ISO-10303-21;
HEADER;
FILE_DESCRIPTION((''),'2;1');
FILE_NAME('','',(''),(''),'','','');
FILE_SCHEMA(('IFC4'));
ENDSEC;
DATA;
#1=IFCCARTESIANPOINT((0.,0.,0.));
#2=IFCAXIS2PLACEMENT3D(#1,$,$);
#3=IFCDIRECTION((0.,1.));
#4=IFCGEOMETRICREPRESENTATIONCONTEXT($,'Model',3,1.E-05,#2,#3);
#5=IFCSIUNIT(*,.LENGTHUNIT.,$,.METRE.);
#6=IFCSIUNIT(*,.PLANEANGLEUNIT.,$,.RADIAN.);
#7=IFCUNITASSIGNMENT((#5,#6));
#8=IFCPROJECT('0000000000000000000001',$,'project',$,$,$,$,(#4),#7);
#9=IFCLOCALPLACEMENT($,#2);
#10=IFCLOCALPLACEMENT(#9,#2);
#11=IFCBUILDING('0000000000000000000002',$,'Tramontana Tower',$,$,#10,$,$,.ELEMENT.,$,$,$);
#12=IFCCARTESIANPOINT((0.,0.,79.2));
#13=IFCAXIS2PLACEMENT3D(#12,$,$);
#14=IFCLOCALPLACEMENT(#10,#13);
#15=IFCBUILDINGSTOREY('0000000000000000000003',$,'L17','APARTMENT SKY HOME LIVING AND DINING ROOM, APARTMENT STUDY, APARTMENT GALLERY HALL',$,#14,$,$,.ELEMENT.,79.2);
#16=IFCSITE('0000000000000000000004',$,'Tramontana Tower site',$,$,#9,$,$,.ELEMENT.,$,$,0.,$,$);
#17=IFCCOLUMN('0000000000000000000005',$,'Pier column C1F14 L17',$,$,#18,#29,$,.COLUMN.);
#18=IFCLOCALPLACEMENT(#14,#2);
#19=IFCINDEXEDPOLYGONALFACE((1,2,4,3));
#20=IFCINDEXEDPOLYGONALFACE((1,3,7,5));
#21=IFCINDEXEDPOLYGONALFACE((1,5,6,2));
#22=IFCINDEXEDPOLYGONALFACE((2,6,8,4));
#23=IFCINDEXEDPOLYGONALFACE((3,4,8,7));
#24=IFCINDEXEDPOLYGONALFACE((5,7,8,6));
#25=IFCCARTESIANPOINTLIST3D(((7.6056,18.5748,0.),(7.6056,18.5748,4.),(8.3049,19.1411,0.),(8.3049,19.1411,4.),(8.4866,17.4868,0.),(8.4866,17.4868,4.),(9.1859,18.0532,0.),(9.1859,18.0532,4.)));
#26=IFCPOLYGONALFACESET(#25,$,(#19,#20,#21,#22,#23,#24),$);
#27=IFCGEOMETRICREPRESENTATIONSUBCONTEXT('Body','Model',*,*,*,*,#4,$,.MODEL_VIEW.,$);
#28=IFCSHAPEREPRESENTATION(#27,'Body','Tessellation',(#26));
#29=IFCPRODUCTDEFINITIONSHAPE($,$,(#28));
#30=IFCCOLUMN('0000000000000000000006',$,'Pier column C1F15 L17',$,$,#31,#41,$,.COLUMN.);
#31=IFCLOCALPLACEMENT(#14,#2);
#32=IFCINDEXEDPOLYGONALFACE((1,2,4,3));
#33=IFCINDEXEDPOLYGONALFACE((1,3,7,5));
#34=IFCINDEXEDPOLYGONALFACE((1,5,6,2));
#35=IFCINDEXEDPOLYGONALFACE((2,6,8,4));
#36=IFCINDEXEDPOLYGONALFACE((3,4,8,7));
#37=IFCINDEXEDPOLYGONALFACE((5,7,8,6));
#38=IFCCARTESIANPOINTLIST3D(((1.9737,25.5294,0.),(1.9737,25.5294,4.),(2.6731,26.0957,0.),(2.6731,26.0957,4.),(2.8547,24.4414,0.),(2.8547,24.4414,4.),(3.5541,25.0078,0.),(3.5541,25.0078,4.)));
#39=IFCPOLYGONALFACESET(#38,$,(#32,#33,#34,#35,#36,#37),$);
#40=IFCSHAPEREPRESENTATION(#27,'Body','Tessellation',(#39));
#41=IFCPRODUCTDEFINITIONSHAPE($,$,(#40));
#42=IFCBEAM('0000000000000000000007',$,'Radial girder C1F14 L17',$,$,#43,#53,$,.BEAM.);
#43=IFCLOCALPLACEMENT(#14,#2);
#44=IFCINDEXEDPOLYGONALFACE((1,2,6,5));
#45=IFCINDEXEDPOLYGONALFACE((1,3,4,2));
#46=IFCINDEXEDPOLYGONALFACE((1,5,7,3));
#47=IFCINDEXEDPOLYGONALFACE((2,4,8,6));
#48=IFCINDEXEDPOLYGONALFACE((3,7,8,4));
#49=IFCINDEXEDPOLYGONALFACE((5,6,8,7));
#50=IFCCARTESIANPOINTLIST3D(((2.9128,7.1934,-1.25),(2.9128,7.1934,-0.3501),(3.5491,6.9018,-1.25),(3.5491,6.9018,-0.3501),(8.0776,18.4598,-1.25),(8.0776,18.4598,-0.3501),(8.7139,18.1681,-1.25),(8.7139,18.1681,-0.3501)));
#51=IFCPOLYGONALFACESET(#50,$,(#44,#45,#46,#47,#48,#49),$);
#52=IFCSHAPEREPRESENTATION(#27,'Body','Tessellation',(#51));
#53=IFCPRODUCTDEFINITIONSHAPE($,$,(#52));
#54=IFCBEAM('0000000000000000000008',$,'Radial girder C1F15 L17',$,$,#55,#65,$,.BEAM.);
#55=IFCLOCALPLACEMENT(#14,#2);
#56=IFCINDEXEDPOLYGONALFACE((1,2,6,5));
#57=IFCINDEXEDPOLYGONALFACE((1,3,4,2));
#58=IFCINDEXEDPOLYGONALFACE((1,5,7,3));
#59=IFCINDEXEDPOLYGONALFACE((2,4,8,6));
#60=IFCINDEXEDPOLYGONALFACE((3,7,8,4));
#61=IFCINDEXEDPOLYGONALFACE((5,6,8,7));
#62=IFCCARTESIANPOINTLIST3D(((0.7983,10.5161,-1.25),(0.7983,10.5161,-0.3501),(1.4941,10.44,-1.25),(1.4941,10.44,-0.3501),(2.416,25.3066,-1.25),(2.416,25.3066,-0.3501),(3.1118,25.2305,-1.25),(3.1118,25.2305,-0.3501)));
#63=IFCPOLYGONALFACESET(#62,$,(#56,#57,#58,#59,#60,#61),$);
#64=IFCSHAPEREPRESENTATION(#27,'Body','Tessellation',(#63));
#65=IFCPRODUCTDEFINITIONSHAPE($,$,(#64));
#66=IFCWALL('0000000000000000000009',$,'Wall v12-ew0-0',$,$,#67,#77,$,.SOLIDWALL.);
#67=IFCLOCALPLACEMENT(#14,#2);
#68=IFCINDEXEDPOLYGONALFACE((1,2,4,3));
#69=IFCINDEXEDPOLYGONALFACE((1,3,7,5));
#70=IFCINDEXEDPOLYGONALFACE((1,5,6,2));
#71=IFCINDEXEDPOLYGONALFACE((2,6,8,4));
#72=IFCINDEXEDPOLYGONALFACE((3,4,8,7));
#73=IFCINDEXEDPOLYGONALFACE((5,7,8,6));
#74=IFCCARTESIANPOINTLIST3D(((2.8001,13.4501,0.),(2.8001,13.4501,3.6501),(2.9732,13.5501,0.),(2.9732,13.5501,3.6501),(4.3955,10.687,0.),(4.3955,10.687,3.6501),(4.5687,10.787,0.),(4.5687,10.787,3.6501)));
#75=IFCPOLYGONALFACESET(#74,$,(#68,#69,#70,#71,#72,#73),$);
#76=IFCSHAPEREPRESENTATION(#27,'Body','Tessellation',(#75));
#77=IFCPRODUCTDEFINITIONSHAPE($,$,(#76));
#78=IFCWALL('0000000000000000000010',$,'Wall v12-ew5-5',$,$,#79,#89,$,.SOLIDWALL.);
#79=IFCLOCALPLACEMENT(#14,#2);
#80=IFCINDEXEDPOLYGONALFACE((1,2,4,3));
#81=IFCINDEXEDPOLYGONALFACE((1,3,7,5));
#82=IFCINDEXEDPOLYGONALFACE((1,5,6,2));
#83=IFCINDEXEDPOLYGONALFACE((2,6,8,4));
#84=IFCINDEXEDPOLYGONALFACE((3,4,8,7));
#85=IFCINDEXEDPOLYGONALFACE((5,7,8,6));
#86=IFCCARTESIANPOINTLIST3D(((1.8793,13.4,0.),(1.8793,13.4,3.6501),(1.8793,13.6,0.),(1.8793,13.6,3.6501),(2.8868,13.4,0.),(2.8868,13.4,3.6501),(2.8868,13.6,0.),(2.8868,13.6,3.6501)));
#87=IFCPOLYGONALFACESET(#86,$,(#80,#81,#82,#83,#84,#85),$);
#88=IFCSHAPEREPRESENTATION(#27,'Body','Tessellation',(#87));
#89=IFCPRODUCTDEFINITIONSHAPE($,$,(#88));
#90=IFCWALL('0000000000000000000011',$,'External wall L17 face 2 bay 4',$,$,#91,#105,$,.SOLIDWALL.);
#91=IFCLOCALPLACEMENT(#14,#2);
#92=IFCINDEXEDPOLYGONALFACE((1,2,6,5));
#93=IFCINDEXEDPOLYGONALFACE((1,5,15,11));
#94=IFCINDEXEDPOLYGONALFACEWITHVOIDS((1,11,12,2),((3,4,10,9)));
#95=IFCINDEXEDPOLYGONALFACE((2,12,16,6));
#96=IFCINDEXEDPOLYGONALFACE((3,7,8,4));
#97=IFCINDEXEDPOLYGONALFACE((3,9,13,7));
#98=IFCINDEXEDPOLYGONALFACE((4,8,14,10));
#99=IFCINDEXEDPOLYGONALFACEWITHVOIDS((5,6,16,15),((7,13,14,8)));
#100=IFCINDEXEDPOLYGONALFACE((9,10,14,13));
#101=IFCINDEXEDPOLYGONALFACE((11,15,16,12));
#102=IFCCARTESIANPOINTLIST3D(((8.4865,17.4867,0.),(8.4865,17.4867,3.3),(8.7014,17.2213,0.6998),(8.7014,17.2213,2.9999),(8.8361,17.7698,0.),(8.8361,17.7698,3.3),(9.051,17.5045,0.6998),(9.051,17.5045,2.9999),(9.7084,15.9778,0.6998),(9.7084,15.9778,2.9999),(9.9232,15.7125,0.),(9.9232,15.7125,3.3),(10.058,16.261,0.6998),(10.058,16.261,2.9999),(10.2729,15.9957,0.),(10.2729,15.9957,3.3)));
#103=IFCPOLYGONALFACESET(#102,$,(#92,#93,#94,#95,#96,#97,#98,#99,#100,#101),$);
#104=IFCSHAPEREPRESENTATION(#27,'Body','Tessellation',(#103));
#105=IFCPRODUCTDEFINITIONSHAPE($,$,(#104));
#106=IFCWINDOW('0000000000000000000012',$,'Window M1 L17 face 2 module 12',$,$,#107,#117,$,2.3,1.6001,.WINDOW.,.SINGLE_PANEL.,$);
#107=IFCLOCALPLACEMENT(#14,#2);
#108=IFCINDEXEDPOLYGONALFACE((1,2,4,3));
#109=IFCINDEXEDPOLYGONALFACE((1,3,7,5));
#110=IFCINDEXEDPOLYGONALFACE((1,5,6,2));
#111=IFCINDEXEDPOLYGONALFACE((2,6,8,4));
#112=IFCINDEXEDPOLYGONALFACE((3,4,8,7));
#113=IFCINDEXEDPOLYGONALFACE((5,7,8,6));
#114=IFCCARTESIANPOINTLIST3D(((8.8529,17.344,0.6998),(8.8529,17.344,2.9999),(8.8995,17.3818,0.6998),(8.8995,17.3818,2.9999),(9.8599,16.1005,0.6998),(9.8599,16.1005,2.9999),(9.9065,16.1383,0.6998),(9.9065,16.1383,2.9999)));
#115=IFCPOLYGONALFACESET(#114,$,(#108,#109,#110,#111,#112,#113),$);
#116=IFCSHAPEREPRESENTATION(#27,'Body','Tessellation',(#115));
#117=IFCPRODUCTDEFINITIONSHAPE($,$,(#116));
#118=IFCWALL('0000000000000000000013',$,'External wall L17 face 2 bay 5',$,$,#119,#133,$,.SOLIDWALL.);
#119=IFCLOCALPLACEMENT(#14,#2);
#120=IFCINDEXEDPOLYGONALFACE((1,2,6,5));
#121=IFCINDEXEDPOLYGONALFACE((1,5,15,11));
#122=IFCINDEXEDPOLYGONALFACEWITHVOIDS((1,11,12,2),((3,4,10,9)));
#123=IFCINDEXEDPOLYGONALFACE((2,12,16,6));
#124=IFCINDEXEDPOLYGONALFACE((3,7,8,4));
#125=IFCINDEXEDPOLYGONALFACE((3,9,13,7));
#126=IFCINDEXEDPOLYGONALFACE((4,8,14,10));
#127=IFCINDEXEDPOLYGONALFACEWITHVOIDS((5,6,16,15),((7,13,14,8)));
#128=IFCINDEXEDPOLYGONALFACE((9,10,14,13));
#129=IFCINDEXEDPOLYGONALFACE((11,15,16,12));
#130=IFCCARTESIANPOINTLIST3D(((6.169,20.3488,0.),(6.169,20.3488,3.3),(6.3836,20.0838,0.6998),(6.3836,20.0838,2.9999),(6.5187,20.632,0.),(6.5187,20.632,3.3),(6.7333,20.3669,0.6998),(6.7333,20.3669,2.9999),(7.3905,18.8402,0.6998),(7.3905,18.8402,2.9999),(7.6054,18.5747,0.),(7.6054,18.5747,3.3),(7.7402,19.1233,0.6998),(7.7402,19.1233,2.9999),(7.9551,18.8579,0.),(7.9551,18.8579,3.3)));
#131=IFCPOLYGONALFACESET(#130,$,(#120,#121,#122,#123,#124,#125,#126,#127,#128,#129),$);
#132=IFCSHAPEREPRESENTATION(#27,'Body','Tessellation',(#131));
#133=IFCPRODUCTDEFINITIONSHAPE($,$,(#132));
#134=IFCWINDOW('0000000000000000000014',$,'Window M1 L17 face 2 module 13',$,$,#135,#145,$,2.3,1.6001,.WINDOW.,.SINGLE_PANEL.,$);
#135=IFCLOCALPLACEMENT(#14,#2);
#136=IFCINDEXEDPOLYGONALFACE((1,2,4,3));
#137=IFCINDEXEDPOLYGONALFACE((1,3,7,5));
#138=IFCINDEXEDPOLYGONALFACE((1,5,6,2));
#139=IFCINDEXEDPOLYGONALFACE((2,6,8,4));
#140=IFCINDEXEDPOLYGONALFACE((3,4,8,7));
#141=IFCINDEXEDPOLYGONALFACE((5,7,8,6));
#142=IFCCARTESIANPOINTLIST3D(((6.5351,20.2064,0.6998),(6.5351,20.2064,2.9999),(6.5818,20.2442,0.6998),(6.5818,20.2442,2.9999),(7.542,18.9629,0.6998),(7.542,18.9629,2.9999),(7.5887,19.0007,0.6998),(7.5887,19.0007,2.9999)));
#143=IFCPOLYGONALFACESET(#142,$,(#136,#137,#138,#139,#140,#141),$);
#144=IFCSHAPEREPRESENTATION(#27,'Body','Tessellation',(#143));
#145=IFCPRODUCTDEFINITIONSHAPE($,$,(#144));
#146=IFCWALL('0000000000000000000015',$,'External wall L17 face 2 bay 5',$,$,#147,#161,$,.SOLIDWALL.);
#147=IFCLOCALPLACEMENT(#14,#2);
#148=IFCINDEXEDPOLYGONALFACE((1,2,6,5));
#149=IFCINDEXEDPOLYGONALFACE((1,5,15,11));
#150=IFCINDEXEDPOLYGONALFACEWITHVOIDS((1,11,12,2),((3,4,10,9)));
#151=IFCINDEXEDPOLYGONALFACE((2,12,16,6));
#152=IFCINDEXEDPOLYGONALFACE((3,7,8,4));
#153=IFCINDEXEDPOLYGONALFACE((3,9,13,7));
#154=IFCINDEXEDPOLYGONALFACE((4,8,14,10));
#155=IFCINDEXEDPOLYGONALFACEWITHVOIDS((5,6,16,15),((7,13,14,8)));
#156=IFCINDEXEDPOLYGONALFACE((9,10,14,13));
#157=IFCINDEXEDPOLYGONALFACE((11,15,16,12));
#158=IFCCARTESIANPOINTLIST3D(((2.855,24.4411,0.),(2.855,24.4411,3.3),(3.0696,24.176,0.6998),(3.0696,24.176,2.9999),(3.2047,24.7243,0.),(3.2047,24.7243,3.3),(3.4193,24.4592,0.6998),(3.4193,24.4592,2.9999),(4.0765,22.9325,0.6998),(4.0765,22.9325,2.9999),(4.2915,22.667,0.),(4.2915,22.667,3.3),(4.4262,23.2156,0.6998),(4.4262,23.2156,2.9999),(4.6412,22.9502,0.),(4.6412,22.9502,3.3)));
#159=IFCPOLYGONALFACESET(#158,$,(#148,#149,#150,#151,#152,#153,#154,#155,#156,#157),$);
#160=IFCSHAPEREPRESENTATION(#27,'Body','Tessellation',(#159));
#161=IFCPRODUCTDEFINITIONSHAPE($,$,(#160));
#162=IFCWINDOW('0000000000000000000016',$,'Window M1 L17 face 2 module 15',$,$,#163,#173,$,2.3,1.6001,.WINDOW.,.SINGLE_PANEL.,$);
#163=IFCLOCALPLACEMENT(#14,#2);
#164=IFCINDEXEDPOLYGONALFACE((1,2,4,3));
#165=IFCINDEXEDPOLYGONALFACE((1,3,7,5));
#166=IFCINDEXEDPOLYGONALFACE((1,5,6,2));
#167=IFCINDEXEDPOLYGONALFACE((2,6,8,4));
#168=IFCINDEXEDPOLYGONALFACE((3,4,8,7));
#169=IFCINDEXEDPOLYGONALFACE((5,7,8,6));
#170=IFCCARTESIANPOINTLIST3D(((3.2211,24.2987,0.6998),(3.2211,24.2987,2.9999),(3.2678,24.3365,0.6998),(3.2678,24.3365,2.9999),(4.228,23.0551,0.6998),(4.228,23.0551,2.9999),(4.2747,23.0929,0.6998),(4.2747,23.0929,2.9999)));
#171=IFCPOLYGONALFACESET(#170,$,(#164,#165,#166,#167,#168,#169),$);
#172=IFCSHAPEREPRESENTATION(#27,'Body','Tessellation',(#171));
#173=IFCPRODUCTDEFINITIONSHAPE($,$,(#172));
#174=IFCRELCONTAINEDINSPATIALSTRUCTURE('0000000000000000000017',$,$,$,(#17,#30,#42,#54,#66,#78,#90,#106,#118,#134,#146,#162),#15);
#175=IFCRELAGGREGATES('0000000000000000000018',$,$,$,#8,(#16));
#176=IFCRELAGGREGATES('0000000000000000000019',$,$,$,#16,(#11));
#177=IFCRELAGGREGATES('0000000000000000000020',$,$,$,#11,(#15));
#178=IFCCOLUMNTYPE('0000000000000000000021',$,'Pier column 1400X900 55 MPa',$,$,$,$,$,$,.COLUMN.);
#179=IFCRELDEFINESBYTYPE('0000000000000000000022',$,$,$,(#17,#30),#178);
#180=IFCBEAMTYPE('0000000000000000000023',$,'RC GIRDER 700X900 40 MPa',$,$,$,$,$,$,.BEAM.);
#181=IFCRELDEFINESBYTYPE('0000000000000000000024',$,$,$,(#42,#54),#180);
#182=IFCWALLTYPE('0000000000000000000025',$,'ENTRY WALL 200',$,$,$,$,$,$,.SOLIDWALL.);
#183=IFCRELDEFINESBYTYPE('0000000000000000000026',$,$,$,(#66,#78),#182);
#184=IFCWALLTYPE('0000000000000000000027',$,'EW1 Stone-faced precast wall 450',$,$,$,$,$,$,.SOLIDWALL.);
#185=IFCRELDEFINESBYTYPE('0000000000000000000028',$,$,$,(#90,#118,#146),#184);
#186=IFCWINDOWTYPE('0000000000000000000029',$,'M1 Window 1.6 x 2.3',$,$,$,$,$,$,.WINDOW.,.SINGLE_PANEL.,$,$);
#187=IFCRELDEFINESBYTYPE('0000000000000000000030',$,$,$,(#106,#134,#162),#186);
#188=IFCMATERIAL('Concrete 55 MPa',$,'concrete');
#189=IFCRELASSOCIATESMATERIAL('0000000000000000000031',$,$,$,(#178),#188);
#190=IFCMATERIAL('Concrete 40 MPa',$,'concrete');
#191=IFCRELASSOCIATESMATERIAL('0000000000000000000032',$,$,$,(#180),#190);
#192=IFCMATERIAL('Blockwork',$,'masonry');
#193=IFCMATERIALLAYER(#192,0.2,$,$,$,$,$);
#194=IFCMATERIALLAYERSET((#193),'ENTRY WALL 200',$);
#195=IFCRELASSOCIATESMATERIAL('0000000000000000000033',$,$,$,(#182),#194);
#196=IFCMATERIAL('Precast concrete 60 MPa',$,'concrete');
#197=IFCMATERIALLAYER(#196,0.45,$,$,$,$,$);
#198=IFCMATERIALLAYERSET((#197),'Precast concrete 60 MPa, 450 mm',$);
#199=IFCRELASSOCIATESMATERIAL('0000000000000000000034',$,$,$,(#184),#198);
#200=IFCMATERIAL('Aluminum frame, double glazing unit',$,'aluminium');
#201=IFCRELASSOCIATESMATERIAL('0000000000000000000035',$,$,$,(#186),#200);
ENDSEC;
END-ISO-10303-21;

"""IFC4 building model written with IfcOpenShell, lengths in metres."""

from ifc_helpers import new_model, si_unit, direction, frame, frame_2d, origin, origin_2d, place, context, subcontext, project, spatial, rectangle, extrude, material, layer, layer_set, material_profile, profile_set, type_object, element, fill, save


model = new_model("IFC4")

# Units and contexts
model_context = context("Model", 3, precision=1e-05, world=origin(), true_north=direction((0.0, 1.0)))
body_context = subcontext(model_context, "Body", "Model", "MODEL_VIEW")
ifc_project = project(units=[si_unit("LENGTHUNIT", "METRE"), si_unit("PLANEANGLEUNIT", "RADIAN")], contexts=[model_context])

# Site, building, storey
site_placement = place(None, origin())
site = spatial("IfcSite", under=ifc_project, at=site_placement, Name="Tramontana Tower site", CompositionType="ELEMENT", RefElevation=0.0)
building_placement = place(site_placement, origin())
building = spatial("IfcBuilding", under=site, at=building_placement, Name="Tramontana Tower", CompositionType="ELEMENT")
storey_placement = place(building_placement, frame((0.0, 0.0, 79.2)))
storey = spatial("IfcBuildingStorey", under=building, at=storey_placement, Name="L17", Description="APARTMENT SKY HOME LIVING AND DINING ROOM, APARTMENT STUDY, APARTMENT GALLERY HALL", CompositionType="ELEMENT", Elevation=79.2)

# Columns
ifc_material_1 = material(Name="Concrete 55 MPa", Category="concrete")
ifc_material_profile_1 = material_profile(ifc_material_1, rectangle(XDim=1.3999, YDim=0.8999, at=origin_2d()), Name="Pier column 1400X900 55 MPa")
ifc_profile_set_1 = profile_set([ifc_material_profile_1], Name="Concrete 55 MPa")
column_type = type_object("IfcColumnType", Name="Pier column 1400X900 55 MPa", PredefinedType="COLUMN", material=ifc_profile_set_1)
for number, where, z_axis, x_axis, name in (
    (1, (8.3958, 18.314, 0.0), (0.0, 0.0, 1.0), (-0.62932, 0.777146, 0.0), "Pier column C1F14 L17"),
    (2, (2.7639, 25.2686, 0.0), (0.0, 0.0, 1.0), (-0.62932, 0.777146, 0.0), "Pier column C1F15 L17"),
):
    element("IfcColumn", number, at=place(storey_placement, frame(where, z_axis=z_axis, x_axis=x_axis)), inside=storey, type_object=column_type, Name=name, PredefinedType="COLUMN", context=body_context, shape_type="SweptSolid", body=[
        extrude(rectangle(XDim=1.3999, YDim=0.8999, at=origin_2d()), origin(), (0.0, 0.0, 1.0), 4.0),
    ])

# Beams
ifc_material_2 = material(Name="Concrete 40 MPa", Category="concrete")
ifc_material_profile_2 = material_profile(ifc_material_2, rectangle(XDim=0.7, YDim=0.8999, at=origin_2d()), Name="RC GIRDER 700X900 40 MPa")
ifc_profile_set_2 = profile_set([ifc_material_profile_2], Name="Concrete 40 MPa")
beam_type = type_object("IfcBeamType", Name="RC GIRDER 700X900 40 MPa", PredefinedType="BEAM", material=ifc_profile_set_2)
beam_1_placement = place(storey_placement, frame((8.3958, 18.314, -0.8), z_axis=(-0.416725, -0.909033, 0.0), x_axis=(0.909033, -0.416725, 0.0)))
element("IfcBeam", 3, at=beam_1_placement, inside=storey, type_object=beam_type, Name="Radial girder C1F14 L17", PredefinedType="BEAM", context=body_context, shape_type="SweptSolid", body=[
    extrude(rectangle(XDim=0.7, YDim=0.8999, at=origin_2d()), origin(), (0.0, 0.0, 1.0), 12.3938),
])
beam_2_placement = place(storey_placement, frame((2.7639, 25.2686, -0.8), z_axis=(-0.108724, -0.994072, 0.0), x_axis=(0.994072, -0.108724, 0.0)))
element("IfcBeam", 4, at=beam_2_placement, inside=storey, type_object=beam_type, Name="Radial girder C1F15 L17", PredefinedType="BEAM", context=body_context, shape_type="SweptSolid", body=[
    extrude(rectangle(XDim=0.7, YDim=0.8999, at=origin_2d()), origin(), (0.0, 0.0, 1.0), 14.8787),
])

# Walls
ifc_material_3 = material(Name="Blockwork", Category="masonry")
ifc_layer_1 = layer(ifc_material_3, 0.2)
ifc_layer_set_1 = layer_set([ifc_layer_1], Name="ENTRY WALL 200")
wall_type_1 = type_object("IfcWallType", Name="ENTRY WALL 200", PredefinedType="SOLIDWALL", material=ifc_layer_set_1)
wall_1_placement = place(storey_placement, frame((2.8867, 13.5, 0.0), z_axis=(0.0, 0.0, 1.0), x_axis=(0.500032, -0.866007, 0.0)))
element("IfcWall", 5, at=wall_1_placement, inside=storey, type_object=wall_type_1, Name="Wall v12-ew0-0", PredefinedType="SOLIDWALL", context=body_context, shape_type="SweptSolid", body=[
    extrude(rectangle(XDim=3.1907, YDim=0.2, at=frame_2d((1.5952, 0.0))), origin(), (0.0, 0.0, 1.0), 3.6501),
])
wall_2_placement = place(storey_placement, frame((1.8792, 13.5, 0.0), z_axis=(0.0, 0.0, 1.0), x_axis=(1.0, 0.0, 0.0)))
element("IfcWall", 6, at=wall_2_placement, inside=storey, type_object=wall_type_1, Name="Wall v12-ew5-5", PredefinedType="SOLIDWALL", context=body_context, shape_type="SweptSolid", body=[
    extrude(rectangle(XDim=1.0076, YDim=0.2, at=frame_2d((0.5039, 0.0))), origin(), (0.0, 0.0, 1.0), 3.6501),
])

# Walls, openings, windows
ifc_material_4 = material(Name="Precast concrete 60 MPa", Category="concrete")
ifc_layer_2 = layer(ifc_material_4, 0.45)
ifc_layer_set_2 = layer_set([ifc_layer_2], Name="Precast concrete 60 MPa, 450 mm")
wall_type_2 = type_object("IfcWallType", Name="EW1 Stone-faced precast wall 450", PredefinedType="SOLIDWALL", material=ifc_layer_set_2)
wall_3_placement = place(storey_placement, frame((10.0981, 15.854, 0.0), z_axis=(0.0, 0.0, 1.0), x_axis=(-0.62934, 0.77713, 0.0)))
wall_3 = element("IfcWall", 7, at=wall_3_placement, inside=storey, type_object=wall_type_2, Name="External wall L17 face 2 bay 4", PredefinedType="SOLIDWALL", context=body_context, shape_type="SweptSolid", body=[
    extrude(rectangle(XDim=2.283, YDim=0.45, at=frame_2d((1.1416, 0.0))), origin(), (0.0, 0.0, 1.0), 3.3),
])
opening_1_placement = place(wall_3_placement, frame((0.3416, 0.0, 0.7)))
opening_1 = element("IfcOpeningElement", 8, at=opening_1_placement, cuts=wall_3, PredefinedType="OPENING", context=body_context, shape_type="SweptSolid", body=[
    extrude(rectangle(XDim=1.6001, YDim=2.3, at=frame_2d((0.8, 1.1499))), frame((0.0, 0.2349, 0.0), z_axis=(0.0, -1.0, 0.0), x_axis=(1.0, 0.0, 0.0)), (0.0, 0.0, 1.0), 0.47),
])
ifc_material_5 = material(Name="Aluminum frame, double glazing unit", Category="aluminium")
window_type_1 = type_object("IfcWindowType", Name="M1 Window 1.6 x 2.3", PartitioningType="SINGLE_PANEL", PredefinedType="WINDOW", material=ifc_material_5)
window_1_placement = place(opening_1_placement, origin())
window_1 = element("IfcWindow", 9, at=window_1_placement, inside=storey, type_object=window_type_1, Name="Window M1 L17 face 2 module 12", OverallHeight=2.3, OverallWidth=1.6001, PartitioningType="SINGLE_PANEL", PredefinedType="WINDOW", context=body_context, shape_type="SweptSolid", body=[
    extrude(rectangle(XDim=1.6001, YDim=2.3, at=frame_2d((0.8, 1.1499))), frame((0.0, 0.03, 0.0), z_axis=(0.0, -1.0, 0.0), x_axis=(1.0, 0.0, 0.0)), (0.0, 0.0, 1.0), 0.0601),
])
fill(opening_1, window_1)
wall_4_placement = place(storey_placement, frame((7.7803, 18.7163, 0.0), z_axis=(0.0, 0.0, 1.0), x_axis=(-0.629275, 0.777183, 0.0)))
wall_4 = element("IfcWall", 10, at=wall_4_placement, inside=storey, type_object=wall_type_2, Name="External wall L17 face 2 bay 5", PredefinedType="SOLIDWALL", context=body_context, shape_type="SweptSolid", body=[
    extrude(rectangle(XDim=2.2827, YDim=0.45, at=frame_2d((1.1414, 0.0))), origin(), (0.0, 0.0, 1.0), 3.3),
])
opening_2_placement = place(wall_4_placement, frame((0.3416, 0.0, 0.7)))
opening_2 = element("IfcOpeningElement", 11, at=opening_2_placement, cuts=wall_4, PredefinedType="OPENING", context=body_context, shape_type="SweptSolid", body=[
    extrude(rectangle(XDim=1.6001, YDim=2.3, at=frame_2d((0.8, 1.1499))), frame((0.0, 0.2349, 0.0), z_axis=(0.0, -1.0, 0.0), x_axis=(1.0, 0.0, 0.0)), (0.0, 0.0, 1.0), 0.47),
])
window_2_placement = place(opening_2_placement, origin())
window_2 = element("IfcWindow", 12, at=window_2_placement, inside=storey, type_object=window_type_1, Name="Window M1 L17 face 2 module 13", OverallHeight=2.3, OverallWidth=1.6001, PartitioningType="SINGLE_PANEL", PredefinedType="WINDOW", context=body_context, shape_type="SweptSolid", body=[
    extrude(rectangle(XDim=1.6001, YDim=2.3, at=frame_2d((0.8, 1.1499))), frame((0.0, 0.03, 0.0), z_axis=(0.0, -1.0, 0.0), x_axis=(1.0, 0.0, 0.0)), (0.0, 0.0, 1.0), 0.0601),
])
fill(opening_2, window_2)
wall_5_placement = place(storey_placement, frame((4.4663, 22.8086, 0.0), z_axis=(0.0, 0.0, 1.0), x_axis=(-0.629275, 0.777183, 0.0)))
wall_5 = element("IfcWall", 13, at=wall_5_placement, inside=storey, type_object=wall_type_2, Name="External wall L17 face 2 bay 5", PredefinedType="SOLIDWALL", context=body_context, shape_type="SweptSolid", body=[
    extrude(rectangle(XDim=2.2827, YDim=0.45, at=frame_2d((1.1414, 0.0))), origin(), (0.0, 0.0, 1.0), 3.3),
])
opening_3_placement = place(wall_5_placement, frame((0.3416, 0.0, 0.7)))
opening_3 = element("IfcOpeningElement", 14, at=opening_3_placement, cuts=wall_5, PredefinedType="OPENING", context=body_context, shape_type="SweptSolid", body=[
    extrude(rectangle(XDim=1.6001, YDim=2.3, at=frame_2d((0.8, 1.1499))), frame((0.0, 0.2349, 0.0), z_axis=(0.0, -1.0, 0.0), x_axis=(1.0, 0.0, 0.0)), (0.0, 0.0, 1.0), 0.47),
])
window_3_placement = place(opening_3_placement, origin())
window_3 = element("IfcWindow", 15, at=window_3_placement, inside=storey, type_object=window_type_1, Name="Window M1 L17 face 2 module 15", OverallHeight=2.3, OverallWidth=1.6001, PartitioningType="SINGLE_PANEL", PredefinedType="WINDOW", context=body_context, shape_type="SweptSolid", body=[
    extrude(rectangle(XDim=1.6001, YDim=2.3, at=frame_2d((0.8, 1.1499))), frame((0.0, 0.03, 0.0), z_axis=(0.0, -1.0, 0.0), x_axis=(1.0, 0.0, 0.0)), (0.0, 0.0, 1.0), 0.0601),
])
fill(opening_3, window_3)

save(model, "model.ifc")
